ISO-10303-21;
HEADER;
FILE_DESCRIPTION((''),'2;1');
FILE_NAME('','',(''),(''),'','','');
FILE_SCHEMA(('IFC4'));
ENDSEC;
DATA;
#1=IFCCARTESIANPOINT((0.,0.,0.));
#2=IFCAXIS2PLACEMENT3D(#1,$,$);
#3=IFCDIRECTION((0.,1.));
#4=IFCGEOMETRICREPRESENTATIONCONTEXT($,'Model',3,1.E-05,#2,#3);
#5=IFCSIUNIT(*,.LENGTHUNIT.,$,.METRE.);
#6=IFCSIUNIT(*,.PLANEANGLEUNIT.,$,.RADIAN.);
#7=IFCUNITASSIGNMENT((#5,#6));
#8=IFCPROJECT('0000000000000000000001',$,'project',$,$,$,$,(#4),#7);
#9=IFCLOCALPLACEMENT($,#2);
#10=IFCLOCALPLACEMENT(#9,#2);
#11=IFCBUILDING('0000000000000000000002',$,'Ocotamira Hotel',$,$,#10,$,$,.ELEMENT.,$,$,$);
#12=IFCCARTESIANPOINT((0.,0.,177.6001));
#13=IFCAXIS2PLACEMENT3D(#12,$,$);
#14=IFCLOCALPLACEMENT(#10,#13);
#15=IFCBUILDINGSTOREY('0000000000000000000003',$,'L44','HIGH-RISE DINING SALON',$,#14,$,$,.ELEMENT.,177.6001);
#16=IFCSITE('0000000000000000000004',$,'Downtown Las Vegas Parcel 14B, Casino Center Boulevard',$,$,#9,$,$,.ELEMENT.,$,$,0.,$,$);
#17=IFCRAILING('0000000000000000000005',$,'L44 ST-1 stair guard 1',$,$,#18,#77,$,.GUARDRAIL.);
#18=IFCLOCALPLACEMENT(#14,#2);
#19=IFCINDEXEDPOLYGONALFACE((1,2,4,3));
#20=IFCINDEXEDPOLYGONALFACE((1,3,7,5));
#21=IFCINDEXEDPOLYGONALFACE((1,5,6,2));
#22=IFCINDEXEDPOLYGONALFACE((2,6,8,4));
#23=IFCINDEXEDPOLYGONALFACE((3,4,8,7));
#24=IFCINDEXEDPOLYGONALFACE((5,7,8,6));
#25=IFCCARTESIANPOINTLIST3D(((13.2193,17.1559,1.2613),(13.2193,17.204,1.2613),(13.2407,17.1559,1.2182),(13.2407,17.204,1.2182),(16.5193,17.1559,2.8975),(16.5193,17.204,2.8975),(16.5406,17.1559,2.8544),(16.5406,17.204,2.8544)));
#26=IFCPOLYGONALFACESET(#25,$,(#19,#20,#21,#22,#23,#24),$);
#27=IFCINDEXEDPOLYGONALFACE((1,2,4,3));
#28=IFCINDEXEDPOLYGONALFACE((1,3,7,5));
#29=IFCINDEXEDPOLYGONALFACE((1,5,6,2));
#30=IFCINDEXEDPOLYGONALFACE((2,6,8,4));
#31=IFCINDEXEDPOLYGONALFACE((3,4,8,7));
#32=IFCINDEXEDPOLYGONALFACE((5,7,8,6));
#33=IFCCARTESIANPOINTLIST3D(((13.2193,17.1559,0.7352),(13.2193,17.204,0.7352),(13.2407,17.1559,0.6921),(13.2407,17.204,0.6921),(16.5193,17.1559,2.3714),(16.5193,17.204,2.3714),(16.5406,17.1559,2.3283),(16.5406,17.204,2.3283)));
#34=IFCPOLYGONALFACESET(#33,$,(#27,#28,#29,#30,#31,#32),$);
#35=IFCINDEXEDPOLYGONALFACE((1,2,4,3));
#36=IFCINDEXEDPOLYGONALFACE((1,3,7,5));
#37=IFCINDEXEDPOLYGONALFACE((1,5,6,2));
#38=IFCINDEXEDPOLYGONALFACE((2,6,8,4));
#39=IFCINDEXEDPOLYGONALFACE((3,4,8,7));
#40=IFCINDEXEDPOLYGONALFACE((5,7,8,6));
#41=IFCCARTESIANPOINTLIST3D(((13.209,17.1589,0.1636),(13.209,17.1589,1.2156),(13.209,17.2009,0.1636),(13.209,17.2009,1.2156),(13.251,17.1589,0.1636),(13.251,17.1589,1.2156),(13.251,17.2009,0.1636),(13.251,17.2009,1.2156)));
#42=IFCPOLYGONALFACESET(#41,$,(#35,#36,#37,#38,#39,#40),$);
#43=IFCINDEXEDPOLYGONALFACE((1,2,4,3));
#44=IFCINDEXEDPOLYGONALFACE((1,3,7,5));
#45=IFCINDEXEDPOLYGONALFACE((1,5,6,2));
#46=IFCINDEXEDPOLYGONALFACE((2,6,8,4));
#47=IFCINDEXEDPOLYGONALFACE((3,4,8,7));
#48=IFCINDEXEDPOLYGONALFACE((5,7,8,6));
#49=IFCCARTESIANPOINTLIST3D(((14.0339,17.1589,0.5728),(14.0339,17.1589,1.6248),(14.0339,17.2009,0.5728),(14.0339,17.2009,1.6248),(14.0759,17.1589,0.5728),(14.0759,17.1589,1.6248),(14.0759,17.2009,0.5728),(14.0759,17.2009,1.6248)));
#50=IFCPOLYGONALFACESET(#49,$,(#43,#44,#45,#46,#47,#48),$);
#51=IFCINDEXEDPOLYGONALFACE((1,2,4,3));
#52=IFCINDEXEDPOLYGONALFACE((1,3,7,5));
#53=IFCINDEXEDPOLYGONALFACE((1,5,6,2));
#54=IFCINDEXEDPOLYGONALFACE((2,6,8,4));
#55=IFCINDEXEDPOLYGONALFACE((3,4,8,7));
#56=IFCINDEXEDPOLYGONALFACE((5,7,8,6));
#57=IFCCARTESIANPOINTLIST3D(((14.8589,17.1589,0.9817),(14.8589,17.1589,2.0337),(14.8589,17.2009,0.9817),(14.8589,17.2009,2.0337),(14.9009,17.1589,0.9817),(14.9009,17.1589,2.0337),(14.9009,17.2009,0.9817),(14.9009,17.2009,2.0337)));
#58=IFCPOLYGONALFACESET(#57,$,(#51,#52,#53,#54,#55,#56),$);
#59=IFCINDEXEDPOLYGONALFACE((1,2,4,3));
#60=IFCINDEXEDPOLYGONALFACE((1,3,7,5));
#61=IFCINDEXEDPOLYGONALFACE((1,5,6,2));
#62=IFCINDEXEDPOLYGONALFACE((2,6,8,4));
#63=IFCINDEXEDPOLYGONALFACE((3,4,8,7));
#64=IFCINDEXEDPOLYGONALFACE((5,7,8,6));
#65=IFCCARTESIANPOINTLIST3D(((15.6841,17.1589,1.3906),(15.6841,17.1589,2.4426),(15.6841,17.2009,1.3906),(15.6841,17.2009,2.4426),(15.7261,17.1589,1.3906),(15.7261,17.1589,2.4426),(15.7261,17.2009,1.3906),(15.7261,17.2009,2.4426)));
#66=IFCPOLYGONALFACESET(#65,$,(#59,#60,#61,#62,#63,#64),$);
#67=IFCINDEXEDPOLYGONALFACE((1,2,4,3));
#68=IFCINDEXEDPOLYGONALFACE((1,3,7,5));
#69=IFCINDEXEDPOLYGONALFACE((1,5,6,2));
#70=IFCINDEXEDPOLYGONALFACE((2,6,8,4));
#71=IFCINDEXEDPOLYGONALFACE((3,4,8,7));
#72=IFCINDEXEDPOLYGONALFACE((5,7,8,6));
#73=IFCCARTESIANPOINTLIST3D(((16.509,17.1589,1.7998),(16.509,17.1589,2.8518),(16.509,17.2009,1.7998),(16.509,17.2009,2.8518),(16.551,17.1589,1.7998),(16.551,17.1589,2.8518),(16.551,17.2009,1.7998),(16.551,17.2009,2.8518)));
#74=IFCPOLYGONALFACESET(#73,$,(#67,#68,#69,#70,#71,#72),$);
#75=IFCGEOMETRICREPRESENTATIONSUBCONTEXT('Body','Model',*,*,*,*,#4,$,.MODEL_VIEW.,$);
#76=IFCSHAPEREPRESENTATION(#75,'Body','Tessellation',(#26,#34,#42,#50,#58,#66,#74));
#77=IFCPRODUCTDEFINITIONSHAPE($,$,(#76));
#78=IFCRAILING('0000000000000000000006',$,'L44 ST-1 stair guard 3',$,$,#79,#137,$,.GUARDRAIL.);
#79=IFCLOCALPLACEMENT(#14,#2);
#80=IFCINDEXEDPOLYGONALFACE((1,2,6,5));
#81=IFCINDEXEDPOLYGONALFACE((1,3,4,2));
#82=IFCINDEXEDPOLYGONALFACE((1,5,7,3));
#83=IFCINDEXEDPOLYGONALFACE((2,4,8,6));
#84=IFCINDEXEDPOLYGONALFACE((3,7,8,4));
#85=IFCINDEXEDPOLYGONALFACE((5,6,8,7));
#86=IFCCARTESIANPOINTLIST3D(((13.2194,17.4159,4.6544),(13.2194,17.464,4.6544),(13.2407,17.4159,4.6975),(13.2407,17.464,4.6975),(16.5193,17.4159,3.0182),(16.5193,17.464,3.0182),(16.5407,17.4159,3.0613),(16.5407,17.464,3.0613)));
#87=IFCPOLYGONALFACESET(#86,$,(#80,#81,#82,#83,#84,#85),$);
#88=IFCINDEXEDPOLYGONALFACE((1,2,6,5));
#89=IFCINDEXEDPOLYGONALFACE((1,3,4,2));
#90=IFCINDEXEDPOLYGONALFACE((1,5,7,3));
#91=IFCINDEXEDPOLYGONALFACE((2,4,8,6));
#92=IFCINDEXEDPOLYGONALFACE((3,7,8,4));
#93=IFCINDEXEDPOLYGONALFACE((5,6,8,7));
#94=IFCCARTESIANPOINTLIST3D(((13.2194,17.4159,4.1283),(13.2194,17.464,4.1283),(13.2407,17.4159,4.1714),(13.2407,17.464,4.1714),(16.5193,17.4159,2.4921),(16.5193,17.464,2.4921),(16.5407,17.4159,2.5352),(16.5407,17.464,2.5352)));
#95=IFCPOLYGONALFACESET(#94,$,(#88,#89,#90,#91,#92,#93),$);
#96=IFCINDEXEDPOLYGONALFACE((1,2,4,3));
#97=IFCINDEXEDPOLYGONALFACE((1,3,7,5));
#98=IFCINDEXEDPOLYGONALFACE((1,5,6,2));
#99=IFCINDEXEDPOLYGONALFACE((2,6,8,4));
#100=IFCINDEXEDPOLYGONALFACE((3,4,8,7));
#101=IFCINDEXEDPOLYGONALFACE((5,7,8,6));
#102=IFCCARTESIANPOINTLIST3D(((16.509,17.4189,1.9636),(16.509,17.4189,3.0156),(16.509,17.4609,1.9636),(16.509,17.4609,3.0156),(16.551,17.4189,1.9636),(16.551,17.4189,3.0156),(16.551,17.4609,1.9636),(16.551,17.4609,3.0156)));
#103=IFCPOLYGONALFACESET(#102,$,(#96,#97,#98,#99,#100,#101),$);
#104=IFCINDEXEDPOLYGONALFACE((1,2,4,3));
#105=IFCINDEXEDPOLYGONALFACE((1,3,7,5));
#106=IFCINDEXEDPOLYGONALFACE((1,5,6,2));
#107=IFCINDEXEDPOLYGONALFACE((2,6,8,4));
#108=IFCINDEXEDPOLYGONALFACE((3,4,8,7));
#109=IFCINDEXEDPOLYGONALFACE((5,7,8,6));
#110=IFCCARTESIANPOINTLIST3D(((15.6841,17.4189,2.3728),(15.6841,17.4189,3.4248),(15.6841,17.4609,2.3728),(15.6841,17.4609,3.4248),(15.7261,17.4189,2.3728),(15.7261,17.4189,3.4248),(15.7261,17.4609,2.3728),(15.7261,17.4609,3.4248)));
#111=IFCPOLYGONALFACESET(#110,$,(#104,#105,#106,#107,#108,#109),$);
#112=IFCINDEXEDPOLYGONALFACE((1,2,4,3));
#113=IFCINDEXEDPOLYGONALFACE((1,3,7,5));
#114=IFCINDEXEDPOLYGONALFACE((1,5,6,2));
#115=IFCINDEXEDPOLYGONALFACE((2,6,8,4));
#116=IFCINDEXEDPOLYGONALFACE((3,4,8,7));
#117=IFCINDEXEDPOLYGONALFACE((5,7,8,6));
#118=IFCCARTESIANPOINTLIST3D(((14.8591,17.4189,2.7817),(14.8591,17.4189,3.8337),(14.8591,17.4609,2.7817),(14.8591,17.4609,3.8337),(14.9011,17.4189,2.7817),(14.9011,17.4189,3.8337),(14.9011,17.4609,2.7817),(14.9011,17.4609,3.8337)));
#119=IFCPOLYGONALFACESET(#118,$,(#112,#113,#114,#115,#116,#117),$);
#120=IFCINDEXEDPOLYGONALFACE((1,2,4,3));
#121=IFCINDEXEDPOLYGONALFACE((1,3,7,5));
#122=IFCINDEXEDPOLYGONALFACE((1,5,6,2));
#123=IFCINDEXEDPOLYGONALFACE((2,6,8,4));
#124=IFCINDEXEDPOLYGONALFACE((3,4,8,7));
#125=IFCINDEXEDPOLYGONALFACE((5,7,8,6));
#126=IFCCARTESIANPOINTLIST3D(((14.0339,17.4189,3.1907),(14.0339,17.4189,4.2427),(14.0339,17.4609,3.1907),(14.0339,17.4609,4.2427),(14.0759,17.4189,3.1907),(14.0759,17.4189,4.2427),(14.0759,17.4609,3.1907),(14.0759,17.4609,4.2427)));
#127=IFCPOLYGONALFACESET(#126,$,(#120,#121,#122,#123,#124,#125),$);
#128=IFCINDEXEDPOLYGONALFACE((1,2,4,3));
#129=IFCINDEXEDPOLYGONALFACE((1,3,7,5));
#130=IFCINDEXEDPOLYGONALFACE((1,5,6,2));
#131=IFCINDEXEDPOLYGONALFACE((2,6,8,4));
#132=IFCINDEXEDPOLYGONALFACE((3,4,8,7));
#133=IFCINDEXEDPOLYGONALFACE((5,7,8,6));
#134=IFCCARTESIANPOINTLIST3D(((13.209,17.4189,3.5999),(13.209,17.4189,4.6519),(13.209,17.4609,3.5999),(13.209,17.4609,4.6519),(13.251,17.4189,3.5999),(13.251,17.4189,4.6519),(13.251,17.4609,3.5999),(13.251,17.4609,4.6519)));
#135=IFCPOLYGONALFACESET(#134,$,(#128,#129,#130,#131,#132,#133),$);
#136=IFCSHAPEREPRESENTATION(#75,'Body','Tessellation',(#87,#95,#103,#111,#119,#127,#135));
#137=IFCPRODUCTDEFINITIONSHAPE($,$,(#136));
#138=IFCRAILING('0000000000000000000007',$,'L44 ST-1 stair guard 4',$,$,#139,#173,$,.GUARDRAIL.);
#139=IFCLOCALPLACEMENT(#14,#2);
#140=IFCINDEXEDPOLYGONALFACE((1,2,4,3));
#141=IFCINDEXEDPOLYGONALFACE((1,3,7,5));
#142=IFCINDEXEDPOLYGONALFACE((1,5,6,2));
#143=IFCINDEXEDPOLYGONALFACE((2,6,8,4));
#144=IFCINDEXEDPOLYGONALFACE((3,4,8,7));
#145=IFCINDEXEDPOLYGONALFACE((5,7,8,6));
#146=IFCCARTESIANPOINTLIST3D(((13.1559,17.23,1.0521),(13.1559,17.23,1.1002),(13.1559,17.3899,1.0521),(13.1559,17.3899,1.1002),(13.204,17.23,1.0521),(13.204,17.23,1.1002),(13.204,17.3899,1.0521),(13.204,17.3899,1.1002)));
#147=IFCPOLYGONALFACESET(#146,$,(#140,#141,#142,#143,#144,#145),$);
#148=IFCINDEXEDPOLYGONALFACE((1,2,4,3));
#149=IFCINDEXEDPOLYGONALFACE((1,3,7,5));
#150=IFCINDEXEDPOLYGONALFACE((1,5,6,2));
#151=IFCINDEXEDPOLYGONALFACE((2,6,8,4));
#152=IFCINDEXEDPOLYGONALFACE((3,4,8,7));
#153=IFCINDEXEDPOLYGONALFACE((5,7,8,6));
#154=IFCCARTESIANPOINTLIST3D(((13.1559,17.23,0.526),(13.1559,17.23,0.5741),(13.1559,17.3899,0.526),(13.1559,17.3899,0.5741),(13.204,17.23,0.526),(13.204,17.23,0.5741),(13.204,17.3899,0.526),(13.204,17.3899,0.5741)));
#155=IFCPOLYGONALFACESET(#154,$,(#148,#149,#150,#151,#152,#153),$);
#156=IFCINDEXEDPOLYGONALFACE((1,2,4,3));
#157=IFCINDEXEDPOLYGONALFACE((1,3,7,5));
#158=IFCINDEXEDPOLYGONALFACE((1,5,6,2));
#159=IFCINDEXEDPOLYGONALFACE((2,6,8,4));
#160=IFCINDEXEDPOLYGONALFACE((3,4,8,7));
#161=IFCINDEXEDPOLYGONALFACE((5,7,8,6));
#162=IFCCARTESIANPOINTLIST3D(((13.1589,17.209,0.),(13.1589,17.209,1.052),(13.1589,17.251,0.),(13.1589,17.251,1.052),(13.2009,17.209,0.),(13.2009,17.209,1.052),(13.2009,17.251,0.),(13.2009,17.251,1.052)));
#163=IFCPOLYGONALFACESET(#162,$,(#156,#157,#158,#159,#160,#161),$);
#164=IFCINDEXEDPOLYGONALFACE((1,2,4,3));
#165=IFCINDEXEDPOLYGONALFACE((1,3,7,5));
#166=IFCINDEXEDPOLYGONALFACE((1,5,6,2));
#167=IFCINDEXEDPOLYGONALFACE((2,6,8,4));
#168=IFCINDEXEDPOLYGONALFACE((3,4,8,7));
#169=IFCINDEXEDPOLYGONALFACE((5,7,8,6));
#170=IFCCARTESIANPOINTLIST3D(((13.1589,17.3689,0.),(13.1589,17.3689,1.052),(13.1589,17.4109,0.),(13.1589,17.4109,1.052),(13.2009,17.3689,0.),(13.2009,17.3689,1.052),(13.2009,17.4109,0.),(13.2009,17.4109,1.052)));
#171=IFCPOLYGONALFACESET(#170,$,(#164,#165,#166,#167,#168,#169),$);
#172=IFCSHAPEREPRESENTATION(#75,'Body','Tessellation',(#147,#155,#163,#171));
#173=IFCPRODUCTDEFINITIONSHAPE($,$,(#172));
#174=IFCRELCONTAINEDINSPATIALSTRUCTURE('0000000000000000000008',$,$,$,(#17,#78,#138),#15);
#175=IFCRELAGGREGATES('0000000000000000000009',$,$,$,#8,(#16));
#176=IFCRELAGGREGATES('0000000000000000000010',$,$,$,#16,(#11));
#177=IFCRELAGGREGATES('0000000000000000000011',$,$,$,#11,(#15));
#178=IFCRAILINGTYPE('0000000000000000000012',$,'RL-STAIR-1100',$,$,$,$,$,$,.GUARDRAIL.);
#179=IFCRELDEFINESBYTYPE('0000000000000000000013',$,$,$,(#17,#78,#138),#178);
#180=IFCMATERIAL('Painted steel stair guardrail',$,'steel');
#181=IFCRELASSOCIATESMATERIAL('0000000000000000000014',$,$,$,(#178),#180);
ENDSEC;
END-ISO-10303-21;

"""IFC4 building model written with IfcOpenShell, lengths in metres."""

from ifc_helpers import new_model, si_unit, direction, frame, origin, origin_2d, place, context, subcontext, project, spatial, rectangle, extrude, material, type_object, element, save


model = new_model("IFC4")

# Units and contexts
model_context = context("Model", 3, precision=1e-05, world=origin(), true_north=direction((0.0, 1.0)))
body_context = subcontext(model_context, "Body", "Model", "MODEL_VIEW")
ifc_project = project(units=[si_unit("LENGTHUNIT", "METRE"), si_unit("PLANEANGLEUNIT", "RADIAN")], contexts=[model_context])

# Site, building, storey
site_placement = place(None, origin())
site = spatial("IfcSite", under=ifc_project, at=site_placement, Name="Downtown Las Vegas Parcel 14B, Casino Center Boulevard", CompositionType="ELEMENT", RefElevation=0.0)
building_placement = place(site_placement, origin())
building = spatial("IfcBuilding", under=site, at=building_placement, Name="Ocotamira Hotel", CompositionType="ELEMENT")
storey_placement = place(building_placement, frame((0.0, 0.0, 177.6001)))
storey = spatial("IfcBuildingStorey", under=building, at=storey_placement, Name="L44", Description="HIGH-RISE DINING SALON", CompositionType="ELEMENT", Elevation=177.6001)

# Railings
ifc_material_1 = material(Name="Painted steel stair guardrail", Category="steel")
railing_type_1 = type_object("IfcRailingType", Name="RL-STAIR-1100", PredefinedType="GUARDRAIL", material=ifc_material_1)
railing_1_placement = place(storey_placement, frame((13.23, 17.1799, 0.1636)))
element("IfcRailing", 1, at=railing_1_placement, inside=storey, type_object=railing_type_1, Name="L44 ST-1 stair guard 1", PredefinedType="GUARDRAIL", context=body_context, shape_type="SweptSolid", body=[
    extrude(rectangle(XDim=0.0481, YDim=0.0481, at=origin_2d()), frame((0.0, 0.0, 1.0762), z_axis=(0.89592, 0.0, 0.444215), x_axis=(0.0, 1.0, 0.0)), (0.0, 0.0, 1.0), 3.6833),
    extrude(rectangle(XDim=0.0481, YDim=0.0481, at=origin_2d()), frame((0.0, 0.0, 0.55), z_axis=(0.89592, 0.0, 0.444215), x_axis=(0.0, 1.0, 0.0)), (0.0, 0.0, 1.0), 3.6833),
    extrude(rectangle(XDim=0.042, YDim=0.042, at=origin_2d()), origin(), (0.0, 0.0, 1.0), 1.052),
    extrude(rectangle(XDim=0.042, YDim=0.042, at=origin_2d()), frame((0.825, 0.0, 0.4092)), (0.0, 0.0, 1.0), 1.052),
    extrude(rectangle(XDim=0.042, YDim=0.042, at=origin_2d()), frame((1.6499, 0.0, 0.8181)), (0.0, 0.0, 1.0), 1.052),
    extrude(rectangle(XDim=0.042, YDim=0.042, at=origin_2d()), frame((2.4751, 0.0, 1.2271)), (0.0, 0.0, 1.0), 1.052),
    extrude(rectangle(XDim=0.042, YDim=0.042, at=origin_2d()), frame((3.3, 0.0, 1.6362)), (0.0, 0.0, 1.0), 1.052),
])
railing_2_placement = place(storey_placement, frame((16.53, 17.4399, 1.9636)))
element("IfcRailing", 2, at=railing_2_placement, inside=storey, type_object=railing_type_1, Name="L44 ST-1 stair guard 3", PredefinedType="GUARDRAIL", context=body_context, shape_type="SweptSolid", body=[
    extrude(rectangle(XDim=0.0481, YDim=0.0481, at=origin_2d()), frame((0.0, 0.0, 1.0762), z_axis=(-0.89592, 0.0, 0.444215), x_axis=(0.0, -1.0, 0.0)), (0.0, 0.0, 1.0), 3.6833),
    extrude(rectangle(XDim=0.0481, YDim=0.0481, at=origin_2d()), frame((0.0, 0.0, 0.55), z_axis=(-0.89592, 0.0, 0.444215), x_axis=(0.0, -1.0, 0.0)), (0.0, 0.0, 1.0), 3.6833),
    extrude(rectangle(XDim=0.042, YDim=0.042, at=origin_2d()), origin(), (0.0, 0.0, 1.0), 1.052),
    extrude(rectangle(XDim=0.042, YDim=0.042, at=origin_2d()), frame((-0.825, 0.0, 0.4092)), (0.0, 0.0, 1.0), 1.052),
    extrude(rectangle(XDim=0.042, YDim=0.042, at=origin_2d()), frame((-1.6499, 0.0, 0.8181)), (0.0, 0.0, 1.0), 1.052),
    extrude(rectangle(XDim=0.042, YDim=0.042, at=origin_2d()), frame((-2.4751, 0.0, 1.2271)), (0.0, 0.0, 1.0), 1.052),
    extrude(rectangle(XDim=0.042, YDim=0.042, at=origin_2d()), frame((-3.3, 0.0, 1.6362)), (0.0, 0.0, 1.0), 1.052),
])
railing_3_placement = place(storey_placement, frame((13.1799, 17.23, 0.0)))
element("IfcRailing", 3, at=railing_3_placement, inside=storey, type_object=railing_type_1, Name="L44 ST-1 stair guard 4", PredefinedType="GUARDRAIL", context=body_context, shape_type="SweptSolid", body=[
    extrude(rectangle(XDim=0.0481, YDim=0.0481, at=origin_2d()), frame((0.0, 0.0, 1.0762), z_axis=(0.0, 1.0, 0.0), x_axis=(-1.0, 0.0, 0.0)), (0.0, 0.0, 1.0), 0.1599),
    extrude(rectangle(XDim=0.0481, YDim=0.0481, at=origin_2d()), frame((0.0, 0.0, 0.55), z_axis=(0.0, 1.0, 0.0), x_axis=(-1.0, 0.0, 0.0)), (0.0, 0.0, 1.0), 0.1599),
    extrude(rectangle(XDim=0.042, YDim=0.042, at=origin_2d()), origin(), (0.0, 0.0, 1.0), 1.052),
    extrude(rectangle(XDim=0.042, YDim=0.042, at=origin_2d()), frame((0.0, 0.1599, 0.0)), (0.0, 0.0, 1.0), 1.052),
])

save(model, "model.ifc")
